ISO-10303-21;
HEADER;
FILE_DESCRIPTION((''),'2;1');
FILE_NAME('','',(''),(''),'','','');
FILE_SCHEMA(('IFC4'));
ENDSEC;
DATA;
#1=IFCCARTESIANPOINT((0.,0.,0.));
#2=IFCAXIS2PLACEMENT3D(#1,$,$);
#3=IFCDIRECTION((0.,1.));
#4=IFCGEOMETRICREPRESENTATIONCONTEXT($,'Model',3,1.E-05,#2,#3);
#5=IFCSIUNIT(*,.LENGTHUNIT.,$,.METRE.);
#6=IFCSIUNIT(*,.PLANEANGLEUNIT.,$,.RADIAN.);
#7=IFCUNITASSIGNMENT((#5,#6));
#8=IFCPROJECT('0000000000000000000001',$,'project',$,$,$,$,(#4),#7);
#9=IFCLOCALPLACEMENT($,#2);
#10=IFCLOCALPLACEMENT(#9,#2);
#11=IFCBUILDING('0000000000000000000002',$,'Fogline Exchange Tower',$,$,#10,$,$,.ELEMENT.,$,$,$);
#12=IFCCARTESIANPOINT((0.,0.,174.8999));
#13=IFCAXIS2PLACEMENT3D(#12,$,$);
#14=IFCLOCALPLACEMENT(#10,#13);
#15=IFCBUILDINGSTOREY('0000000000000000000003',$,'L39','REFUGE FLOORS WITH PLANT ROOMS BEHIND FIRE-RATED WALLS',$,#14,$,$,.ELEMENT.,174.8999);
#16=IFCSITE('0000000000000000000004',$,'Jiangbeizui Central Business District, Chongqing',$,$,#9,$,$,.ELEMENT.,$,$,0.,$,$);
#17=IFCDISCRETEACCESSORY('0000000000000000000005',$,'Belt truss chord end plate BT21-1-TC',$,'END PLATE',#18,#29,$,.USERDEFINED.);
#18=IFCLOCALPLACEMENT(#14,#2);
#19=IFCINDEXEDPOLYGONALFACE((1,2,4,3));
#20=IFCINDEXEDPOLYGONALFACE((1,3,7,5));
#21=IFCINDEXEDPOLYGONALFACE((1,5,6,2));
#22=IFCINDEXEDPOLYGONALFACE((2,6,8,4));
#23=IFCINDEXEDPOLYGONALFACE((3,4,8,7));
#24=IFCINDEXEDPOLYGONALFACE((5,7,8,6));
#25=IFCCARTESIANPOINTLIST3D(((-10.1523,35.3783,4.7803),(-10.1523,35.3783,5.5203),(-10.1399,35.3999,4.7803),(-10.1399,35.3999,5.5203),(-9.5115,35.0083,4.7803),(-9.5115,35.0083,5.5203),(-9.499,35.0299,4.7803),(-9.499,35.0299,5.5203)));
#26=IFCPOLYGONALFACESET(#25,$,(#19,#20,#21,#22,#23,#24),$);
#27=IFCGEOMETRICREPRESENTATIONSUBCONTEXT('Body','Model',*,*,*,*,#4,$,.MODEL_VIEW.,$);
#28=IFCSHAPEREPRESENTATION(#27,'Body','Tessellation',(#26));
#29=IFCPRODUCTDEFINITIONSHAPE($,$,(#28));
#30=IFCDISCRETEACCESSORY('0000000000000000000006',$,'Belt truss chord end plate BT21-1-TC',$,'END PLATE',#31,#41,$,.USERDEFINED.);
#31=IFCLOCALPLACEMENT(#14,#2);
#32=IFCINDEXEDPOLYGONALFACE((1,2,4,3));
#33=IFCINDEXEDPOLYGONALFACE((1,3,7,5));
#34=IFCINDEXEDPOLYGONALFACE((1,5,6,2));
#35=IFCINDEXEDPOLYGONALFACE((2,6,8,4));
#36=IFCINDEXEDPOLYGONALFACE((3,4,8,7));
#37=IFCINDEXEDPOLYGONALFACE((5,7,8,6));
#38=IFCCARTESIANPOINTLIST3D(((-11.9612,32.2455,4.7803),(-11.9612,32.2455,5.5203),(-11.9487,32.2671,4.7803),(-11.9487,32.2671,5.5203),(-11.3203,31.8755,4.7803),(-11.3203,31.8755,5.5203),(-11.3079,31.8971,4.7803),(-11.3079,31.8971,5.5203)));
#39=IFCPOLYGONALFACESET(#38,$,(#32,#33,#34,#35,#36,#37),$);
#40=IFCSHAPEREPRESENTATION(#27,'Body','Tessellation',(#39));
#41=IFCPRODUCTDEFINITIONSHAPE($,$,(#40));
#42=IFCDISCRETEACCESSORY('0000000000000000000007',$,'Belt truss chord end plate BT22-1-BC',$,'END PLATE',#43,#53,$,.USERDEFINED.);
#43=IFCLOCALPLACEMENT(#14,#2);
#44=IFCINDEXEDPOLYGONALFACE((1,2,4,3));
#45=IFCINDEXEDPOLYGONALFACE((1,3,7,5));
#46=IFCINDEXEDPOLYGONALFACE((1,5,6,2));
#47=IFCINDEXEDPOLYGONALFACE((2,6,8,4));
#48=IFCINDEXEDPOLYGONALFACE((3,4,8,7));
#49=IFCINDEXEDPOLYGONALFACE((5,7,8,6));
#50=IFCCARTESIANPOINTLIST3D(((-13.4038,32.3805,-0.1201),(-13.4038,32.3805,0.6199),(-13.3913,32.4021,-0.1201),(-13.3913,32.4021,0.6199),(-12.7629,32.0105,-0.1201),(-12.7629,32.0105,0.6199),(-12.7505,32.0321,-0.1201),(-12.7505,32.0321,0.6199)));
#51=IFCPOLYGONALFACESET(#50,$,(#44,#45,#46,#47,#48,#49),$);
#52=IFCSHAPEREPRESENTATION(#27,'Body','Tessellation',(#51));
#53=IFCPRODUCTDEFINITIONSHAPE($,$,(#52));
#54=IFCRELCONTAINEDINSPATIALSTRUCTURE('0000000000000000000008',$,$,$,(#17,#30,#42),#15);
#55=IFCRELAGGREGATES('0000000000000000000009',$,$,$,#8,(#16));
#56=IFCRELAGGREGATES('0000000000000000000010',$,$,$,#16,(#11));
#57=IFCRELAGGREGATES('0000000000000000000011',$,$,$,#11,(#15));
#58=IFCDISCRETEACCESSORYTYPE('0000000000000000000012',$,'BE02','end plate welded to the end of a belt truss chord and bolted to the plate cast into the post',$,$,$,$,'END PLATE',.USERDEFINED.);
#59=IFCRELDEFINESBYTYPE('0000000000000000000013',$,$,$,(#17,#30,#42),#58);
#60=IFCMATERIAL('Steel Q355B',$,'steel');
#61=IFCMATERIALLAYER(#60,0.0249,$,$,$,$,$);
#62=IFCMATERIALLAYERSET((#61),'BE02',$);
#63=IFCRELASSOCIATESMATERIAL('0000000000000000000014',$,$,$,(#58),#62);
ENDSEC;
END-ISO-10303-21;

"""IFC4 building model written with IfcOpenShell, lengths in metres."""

from ifc_helpers import new_model, si_unit, direction, frame, origin, origin_2d, place, context, subcontext, project, spatial, rectangle, extrude, material, layer, layer_set, type_object, element, save


model = new_model("IFC4")

# Units and contexts
model_context = context("Model", 3, precision=1e-05, world=origin(), true_north=direction((0.0, 1.0)))
body_context = subcontext(model_context, "Body", "Model", "MODEL_VIEW")
ifc_project = project(units=[si_unit("LENGTHUNIT", "METRE"), si_unit("PLANEANGLEUNIT", "RADIAN")], contexts=[model_context])

# Site, building, storey
site_placement = place(None, origin())
site = spatial("IfcSite", under=ifc_project, at=site_placement, Name="Jiangbeizui Central Business District, Chongqing", CompositionType="ELEMENT", RefElevation=0.0)
building_placement = place(site_placement, origin())
building = spatial("IfcBuilding", under=site, at=building_placement, Name="Fogline Exchange Tower", CompositionType="ELEMENT")
storey_placement = place(building_placement, frame((0.0, 0.0, 174.8999)))
storey = spatial("IfcBuildingStorey", under=building, at=storey_placement, Name="L39", Description="REFUGE FLOORS WITH PLANT ROOMS BEHIND FIRE-RATED WALLS", CompositionType="ELEMENT", Elevation=174.8999)

# Shared definitions
ifc_material_1 = material(Name="Steel Q355B", Category="steel")

# Discrete accessories
ifc_layer_1 = layer(ifc_material_1, 0.0249)
ifc_layer_set_1 = layer_set([ifc_layer_1], Name="BE02")
discrete_accessory_type = type_object("IfcDiscreteAccessoryType", Name="BE02", Description="end plate welded to the end of a belt truss chord and bolted to the plate cast into the post", ElementType="END PLATE", PredefinedType="USERDEFINED", material=ifc_layer_set_1)
for number, where, z_axis, x_axis, name in (
    (1, (-9.8257, 35.2041, 4.7803), (0.0, 0.0, 1.0), (0.5, 0.866025, 0.0), "Belt truss chord end plate BT21-1-TC"),
    (2, (-11.6345, 32.0713, 4.7803), (0.0, 0.0, 1.0), (-0.5, -0.866025, 0.0), "Belt truss chord end plate BT21-1-TC"),
    (3, (-13.0771, 32.2063, -0.1201), (0.0, 0.0, 1.0), (0.5, 0.866025, 0.0), "Belt truss chord end plate BT22-1-BC"),
):
    element("IfcDiscreteAccessory", number, at=place(storey_placement, frame(where, z_axis=z_axis, x_axis=x_axis)), inside=storey, type_object=discrete_accessory_type, Name=name, ObjectType="END PLATE", PredefinedType="USERDEFINED", context=body_context, shape_type="SweptSolid", body=[
        extrude(rectangle(XDim=0.0249, YDim=0.74, at=origin_2d()), origin(), (0.0, 0.0, 1.0), 0.74),
    ])

save(model, "model.ifc")
